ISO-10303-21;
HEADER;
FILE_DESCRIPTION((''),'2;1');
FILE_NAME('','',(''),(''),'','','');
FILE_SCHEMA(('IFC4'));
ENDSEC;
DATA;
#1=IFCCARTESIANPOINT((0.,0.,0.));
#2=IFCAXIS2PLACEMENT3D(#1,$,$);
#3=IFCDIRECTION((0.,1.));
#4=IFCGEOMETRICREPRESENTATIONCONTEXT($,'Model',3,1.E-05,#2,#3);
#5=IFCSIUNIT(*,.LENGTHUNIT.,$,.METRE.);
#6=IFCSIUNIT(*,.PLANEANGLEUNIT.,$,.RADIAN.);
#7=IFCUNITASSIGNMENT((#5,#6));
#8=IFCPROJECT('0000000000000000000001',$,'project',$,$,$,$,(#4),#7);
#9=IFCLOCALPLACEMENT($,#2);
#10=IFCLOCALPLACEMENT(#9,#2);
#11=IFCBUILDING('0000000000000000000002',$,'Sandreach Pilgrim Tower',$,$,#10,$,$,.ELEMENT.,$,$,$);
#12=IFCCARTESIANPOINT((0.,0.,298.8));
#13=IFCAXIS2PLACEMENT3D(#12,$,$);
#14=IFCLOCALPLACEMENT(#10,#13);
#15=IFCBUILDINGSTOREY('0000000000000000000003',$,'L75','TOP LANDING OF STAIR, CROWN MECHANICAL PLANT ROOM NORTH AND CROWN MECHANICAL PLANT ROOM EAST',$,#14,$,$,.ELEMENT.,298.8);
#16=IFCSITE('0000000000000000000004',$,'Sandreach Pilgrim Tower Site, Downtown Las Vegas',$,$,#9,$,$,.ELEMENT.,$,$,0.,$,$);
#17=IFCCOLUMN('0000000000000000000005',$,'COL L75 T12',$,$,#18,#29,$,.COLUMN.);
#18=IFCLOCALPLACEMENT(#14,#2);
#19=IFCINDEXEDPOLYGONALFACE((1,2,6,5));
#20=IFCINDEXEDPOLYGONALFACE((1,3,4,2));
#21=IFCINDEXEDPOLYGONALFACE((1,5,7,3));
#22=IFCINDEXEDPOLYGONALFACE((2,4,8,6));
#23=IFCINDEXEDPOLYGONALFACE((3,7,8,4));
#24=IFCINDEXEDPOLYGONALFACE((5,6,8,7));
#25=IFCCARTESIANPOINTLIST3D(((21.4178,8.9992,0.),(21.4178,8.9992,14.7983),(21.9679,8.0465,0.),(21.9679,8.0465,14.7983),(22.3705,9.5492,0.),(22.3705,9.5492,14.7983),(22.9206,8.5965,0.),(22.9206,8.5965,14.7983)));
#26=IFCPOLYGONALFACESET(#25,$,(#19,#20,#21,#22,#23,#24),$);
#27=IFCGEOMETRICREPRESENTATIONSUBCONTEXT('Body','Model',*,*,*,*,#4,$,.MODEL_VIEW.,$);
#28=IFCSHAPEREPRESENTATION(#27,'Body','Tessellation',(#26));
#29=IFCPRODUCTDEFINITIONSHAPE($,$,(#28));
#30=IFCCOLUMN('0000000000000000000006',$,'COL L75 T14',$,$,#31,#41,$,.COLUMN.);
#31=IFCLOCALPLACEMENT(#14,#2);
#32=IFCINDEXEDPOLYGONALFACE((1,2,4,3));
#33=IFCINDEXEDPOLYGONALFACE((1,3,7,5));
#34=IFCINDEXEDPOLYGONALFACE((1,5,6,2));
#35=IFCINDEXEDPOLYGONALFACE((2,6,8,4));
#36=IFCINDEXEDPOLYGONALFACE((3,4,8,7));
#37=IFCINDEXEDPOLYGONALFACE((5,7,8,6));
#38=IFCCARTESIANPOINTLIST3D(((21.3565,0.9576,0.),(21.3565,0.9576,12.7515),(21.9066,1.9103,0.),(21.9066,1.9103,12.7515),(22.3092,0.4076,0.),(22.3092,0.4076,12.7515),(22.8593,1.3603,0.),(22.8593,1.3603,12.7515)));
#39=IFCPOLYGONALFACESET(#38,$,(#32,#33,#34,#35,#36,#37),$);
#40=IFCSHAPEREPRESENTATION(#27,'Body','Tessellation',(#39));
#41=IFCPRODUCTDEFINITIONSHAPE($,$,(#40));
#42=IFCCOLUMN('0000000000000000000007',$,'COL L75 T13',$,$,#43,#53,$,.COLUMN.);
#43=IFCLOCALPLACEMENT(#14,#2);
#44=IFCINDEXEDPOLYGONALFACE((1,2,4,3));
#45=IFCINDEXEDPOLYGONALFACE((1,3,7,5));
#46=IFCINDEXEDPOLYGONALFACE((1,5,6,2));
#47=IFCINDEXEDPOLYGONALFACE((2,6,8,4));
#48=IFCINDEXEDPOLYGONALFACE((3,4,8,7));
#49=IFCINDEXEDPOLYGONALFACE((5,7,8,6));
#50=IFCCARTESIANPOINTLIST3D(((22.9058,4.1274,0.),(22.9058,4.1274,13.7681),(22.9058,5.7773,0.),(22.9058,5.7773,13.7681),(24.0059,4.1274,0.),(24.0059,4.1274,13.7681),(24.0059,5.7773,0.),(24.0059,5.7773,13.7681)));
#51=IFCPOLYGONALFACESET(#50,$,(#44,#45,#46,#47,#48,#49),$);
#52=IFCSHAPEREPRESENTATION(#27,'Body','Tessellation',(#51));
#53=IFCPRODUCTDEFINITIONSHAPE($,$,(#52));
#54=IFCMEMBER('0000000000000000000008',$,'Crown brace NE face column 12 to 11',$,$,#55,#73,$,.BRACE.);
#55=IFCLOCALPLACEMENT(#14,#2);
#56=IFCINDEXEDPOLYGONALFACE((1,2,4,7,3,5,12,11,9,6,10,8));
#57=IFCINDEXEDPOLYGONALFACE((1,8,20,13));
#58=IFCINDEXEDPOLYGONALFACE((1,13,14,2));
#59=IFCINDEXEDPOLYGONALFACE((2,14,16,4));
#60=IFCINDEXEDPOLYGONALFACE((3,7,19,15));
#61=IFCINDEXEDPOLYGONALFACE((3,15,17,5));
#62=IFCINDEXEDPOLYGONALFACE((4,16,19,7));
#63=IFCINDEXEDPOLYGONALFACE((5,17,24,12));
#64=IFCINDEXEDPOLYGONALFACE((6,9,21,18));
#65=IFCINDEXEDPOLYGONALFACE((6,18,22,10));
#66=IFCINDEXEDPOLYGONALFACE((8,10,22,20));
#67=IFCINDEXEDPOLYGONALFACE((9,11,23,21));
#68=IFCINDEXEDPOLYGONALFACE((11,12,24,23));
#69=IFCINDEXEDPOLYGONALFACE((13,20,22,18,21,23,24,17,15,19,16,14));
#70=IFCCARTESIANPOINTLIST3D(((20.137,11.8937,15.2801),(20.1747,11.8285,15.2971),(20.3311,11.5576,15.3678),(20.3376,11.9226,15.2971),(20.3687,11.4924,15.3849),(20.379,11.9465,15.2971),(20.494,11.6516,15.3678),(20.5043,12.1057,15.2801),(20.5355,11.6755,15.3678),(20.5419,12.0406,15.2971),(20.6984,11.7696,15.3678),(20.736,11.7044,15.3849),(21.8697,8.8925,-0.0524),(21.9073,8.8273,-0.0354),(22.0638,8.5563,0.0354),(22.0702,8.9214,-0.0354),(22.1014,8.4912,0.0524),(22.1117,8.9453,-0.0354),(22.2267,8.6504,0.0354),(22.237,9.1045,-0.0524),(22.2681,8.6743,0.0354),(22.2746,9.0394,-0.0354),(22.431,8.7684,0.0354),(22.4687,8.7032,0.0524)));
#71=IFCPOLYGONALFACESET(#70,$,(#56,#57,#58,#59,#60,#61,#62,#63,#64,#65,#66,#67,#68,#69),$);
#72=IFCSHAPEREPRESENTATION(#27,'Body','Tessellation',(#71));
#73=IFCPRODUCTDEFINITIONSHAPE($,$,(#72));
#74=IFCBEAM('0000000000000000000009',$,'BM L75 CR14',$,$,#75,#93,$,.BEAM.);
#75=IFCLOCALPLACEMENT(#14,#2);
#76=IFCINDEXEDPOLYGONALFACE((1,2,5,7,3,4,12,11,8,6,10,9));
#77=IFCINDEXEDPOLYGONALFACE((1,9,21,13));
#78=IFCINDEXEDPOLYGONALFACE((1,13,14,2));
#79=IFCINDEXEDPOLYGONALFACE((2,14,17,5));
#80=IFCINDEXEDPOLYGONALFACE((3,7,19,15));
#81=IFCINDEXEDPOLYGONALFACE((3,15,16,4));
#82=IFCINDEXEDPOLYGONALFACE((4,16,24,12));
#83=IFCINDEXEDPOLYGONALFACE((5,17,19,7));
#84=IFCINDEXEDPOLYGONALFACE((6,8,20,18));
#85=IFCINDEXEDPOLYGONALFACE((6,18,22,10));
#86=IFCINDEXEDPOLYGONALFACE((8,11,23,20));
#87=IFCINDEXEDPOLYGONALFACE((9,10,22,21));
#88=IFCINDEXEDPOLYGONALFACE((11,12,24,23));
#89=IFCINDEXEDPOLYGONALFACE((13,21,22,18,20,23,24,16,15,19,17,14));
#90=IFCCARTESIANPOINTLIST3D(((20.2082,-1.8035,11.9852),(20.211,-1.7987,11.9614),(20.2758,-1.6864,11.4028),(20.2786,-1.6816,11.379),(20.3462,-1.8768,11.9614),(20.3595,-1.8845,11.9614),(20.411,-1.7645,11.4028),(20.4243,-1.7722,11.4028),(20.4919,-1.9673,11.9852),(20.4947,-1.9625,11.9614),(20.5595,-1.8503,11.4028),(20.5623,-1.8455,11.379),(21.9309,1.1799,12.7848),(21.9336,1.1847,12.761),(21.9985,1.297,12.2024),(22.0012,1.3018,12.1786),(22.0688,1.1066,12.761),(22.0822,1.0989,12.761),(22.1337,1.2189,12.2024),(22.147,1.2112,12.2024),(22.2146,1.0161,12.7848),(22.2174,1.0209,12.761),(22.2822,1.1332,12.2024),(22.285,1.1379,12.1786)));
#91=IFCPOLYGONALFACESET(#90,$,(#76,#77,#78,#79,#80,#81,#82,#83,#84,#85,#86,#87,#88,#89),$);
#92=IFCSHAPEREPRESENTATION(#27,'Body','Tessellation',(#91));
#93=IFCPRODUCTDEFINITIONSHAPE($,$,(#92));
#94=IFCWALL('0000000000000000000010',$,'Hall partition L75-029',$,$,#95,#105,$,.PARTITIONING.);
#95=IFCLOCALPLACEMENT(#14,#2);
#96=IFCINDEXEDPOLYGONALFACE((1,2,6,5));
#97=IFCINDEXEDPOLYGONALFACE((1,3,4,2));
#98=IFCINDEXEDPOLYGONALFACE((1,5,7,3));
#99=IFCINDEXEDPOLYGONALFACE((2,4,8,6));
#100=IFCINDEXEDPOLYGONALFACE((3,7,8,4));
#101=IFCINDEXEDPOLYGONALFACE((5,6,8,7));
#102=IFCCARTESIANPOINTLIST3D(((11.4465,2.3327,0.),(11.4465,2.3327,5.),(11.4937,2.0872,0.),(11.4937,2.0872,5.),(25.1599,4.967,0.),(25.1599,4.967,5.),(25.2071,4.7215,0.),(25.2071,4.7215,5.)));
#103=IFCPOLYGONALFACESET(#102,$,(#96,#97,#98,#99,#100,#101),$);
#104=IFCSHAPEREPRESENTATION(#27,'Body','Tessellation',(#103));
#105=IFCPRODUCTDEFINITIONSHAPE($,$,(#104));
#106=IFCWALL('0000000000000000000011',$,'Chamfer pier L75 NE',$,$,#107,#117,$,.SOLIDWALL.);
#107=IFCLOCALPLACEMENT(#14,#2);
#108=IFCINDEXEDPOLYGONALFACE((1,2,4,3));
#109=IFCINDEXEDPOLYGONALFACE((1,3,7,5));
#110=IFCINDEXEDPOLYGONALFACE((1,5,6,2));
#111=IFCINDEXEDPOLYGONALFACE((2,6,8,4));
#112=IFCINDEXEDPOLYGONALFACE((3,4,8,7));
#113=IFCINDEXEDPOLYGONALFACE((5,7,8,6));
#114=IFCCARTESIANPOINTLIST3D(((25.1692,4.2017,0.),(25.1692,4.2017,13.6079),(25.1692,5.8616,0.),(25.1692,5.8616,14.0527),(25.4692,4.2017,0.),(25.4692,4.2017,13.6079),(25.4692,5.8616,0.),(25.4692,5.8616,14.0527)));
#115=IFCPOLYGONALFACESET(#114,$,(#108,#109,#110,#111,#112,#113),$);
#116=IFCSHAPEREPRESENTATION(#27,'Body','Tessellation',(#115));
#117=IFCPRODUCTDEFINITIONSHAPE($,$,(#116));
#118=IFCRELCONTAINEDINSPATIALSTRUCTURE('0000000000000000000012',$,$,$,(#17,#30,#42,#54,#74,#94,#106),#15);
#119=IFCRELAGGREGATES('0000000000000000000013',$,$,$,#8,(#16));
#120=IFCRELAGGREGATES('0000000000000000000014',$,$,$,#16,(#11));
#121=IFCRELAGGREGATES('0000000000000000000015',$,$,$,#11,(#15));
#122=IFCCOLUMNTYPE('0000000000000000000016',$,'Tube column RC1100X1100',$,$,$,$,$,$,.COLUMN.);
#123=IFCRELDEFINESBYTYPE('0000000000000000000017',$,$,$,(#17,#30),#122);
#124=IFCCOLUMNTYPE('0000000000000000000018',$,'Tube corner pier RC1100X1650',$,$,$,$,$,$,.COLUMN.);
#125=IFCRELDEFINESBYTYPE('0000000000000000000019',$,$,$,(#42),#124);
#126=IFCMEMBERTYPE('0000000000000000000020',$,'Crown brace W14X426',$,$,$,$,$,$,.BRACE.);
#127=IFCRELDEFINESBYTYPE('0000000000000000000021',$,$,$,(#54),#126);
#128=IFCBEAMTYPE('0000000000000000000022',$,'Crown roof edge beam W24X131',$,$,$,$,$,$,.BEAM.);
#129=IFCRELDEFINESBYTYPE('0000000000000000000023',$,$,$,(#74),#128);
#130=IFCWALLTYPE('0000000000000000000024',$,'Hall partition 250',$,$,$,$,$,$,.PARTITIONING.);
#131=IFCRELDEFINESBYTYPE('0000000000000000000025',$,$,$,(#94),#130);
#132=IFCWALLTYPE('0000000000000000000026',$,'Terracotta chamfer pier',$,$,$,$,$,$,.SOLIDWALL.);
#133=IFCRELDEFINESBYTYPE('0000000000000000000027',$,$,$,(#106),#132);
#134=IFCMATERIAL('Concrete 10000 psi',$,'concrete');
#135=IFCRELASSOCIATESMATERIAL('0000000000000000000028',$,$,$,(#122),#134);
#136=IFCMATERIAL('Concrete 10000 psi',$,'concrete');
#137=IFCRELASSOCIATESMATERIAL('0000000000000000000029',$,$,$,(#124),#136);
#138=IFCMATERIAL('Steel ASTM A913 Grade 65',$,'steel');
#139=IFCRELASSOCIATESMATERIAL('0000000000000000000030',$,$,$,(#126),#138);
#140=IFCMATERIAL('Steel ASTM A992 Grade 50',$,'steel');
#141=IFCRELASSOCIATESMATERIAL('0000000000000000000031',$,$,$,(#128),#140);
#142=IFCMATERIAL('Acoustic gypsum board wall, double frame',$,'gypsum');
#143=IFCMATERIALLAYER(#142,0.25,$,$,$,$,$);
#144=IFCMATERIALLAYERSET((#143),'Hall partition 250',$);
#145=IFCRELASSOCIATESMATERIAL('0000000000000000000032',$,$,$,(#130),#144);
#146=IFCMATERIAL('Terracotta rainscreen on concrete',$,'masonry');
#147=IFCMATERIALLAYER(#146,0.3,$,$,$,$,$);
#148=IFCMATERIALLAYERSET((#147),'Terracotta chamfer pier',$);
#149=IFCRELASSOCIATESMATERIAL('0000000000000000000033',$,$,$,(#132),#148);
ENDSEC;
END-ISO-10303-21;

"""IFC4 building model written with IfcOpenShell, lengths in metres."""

from ifc_helpers import new_model, si_unit, direction, frame, frame_2d, origin, origin_2d, place, context, subcontext, project, spatial, polyline, rectangle, i_section, outline, extrude, material, layer, layer_set, material_profile, profile_set, type_object, element, save


model = new_model("IFC4")

# Units and contexts
model_context = context("Model", 3, precision=1e-05, world=origin(), true_north=direction((0.0, 1.0)))
body_context = subcontext(model_context, "Body", "Model", "MODEL_VIEW")
ifc_project = project(units=[si_unit("LENGTHUNIT", "METRE"), si_unit("PLANEANGLEUNIT", "RADIAN")], contexts=[model_context])

# Site, building, storey
site_placement = place(None, origin())
site = spatial("IfcSite", under=ifc_project, at=site_placement, Name="Sandreach Pilgrim Tower Site, Downtown Las Vegas", CompositionType="ELEMENT", RefElevation=0.0)
building_placement = place(site_placement, origin())
building = spatial("IfcBuilding", under=site, at=building_placement, Name="Sandreach Pilgrim Tower", CompositionType="ELEMENT")
storey_placement = place(building_placement, frame((0.0, 0.0, 298.8)))
storey = spatial("IfcBuildingStorey", under=building, at=storey_placement, Name="L75", Description="TOP LANDING OF STAIR, CROWN MECHANICAL PLANT ROOM NORTH AND CROWN MECHANICAL PLANT ROOM EAST", CompositionType="ELEMENT", Elevation=298.8)

# Columns
ifc_material_1 = material(Name="Concrete 10000 psi", Category="concrete")
ifc_material_profile_1 = material_profile(ifc_material_1, rectangle(XDim=1.1001, YDim=1.1001, at=origin_2d()), Name="RC1100X1100")
ifc_profile_set_1 = profile_set([ifc_material_profile_1], Name="Concrete 10000 psi")
column_type_1 = type_object("IfcColumnType", Name="Tube column RC1100X1100", PredefinedType="COLUMN", material=ifc_profile_set_1)
column_1_placement = place(storey_placement, frame((22.1692, 8.7979, 0.0), z_axis=(0.0, 0.0, 1.0), x_axis=(0.866025, 0.5, 0.0)))
element("IfcColumn", 1, at=column_1_placement, inside=storey, type_object=column_type_1, Name="COL L75 T12", PredefinedType="COLUMN", context=body_context, shape_type="SweptSolid", body=[
    extrude(rectangle(XDim=1.1001, YDim=1.1001, at=origin_2d()), origin(), (0.0, 0.0, 1.0), 14.7983),
])
column_2_placement = place(storey_placement, frame((22.1079, 1.1589, 0.0), z_axis=(0.0, 0.0, 1.0), x_axis=(0.866025, -0.5, 0.0)))
element("IfcColumn", 2, at=column_2_placement, inside=storey, type_object=column_type_1, Name="COL L75 T14", PredefinedType="COLUMN", context=body_context, shape_type="SweptSolid", body=[
    extrude(rectangle(XDim=1.1001, YDim=1.1001, at=origin_2d()), origin(), (0.0, 0.0, 1.0), 12.7515),
])
ifc_material_2 = material(Name="Concrete 10000 psi", Category="concrete")
ifc_material_profile_2 = material_profile(ifc_material_2, rectangle(XDim=1.1001, YDim=1.6499, at=origin_2d()), Name="RC1100X1650")
ifc_profile_set_2 = profile_set([ifc_material_profile_2], Name="Concrete 10000 psi")
column_type_2 = type_object("IfcColumnType", Name="Tube corner pier RC1100X1650", PredefinedType="COLUMN", material=ifc_profile_set_2)
column_3_placement = place(storey_placement, frame((23.4558, 4.9524, 0.0), z_axis=(0.0, 0.0, 1.0), x_axis=(1.0, 0.0, 0.0)))
element("IfcColumn", 3, at=column_3_placement, inside=storey, type_object=column_type_2, Name="COL L75 T13", PredefinedType="COLUMN", context=body_context, shape_type="SweptSolid", body=[
    extrude(rectangle(XDim=1.1001, YDim=1.6499, at=origin_2d()), origin(), (0.0, 0.0, 1.0), 13.7681),
])

# Member
ifc_material_3 = material(Name="Steel ASTM A913 Grade 65", Category="steel")
ifc_material_profile_3 = material_profile(ifc_material_3, i_section(OverallWidth=0.4241, OverallDepth=0.4751, WebThickness=0.0479, FlangeThickness=0.0771, at=origin_2d()), Name="W14X426")
ifc_profile_set_3 = profile_set([ifc_material_profile_3], Name="Steel ASTM A913 Grade 65")
member_type = type_object("IfcMemberType", Name="Crown brace W14X426", PredefinedType="BRACE", material=ifc_profile_set_3)
member_placement = place(storey_placement, frame((22.1692, 8.7979, 0.0), z_axis=(-0.110226, 0.190926, 0.975396), x_axis=(-0.866037, -0.499981, 0.0)))
element("IfcMember", 4, at=member_placement, inside=storey, type_object=member_type, Name="Crown brace NE face column 12 to 11", PredefinedType="BRACE", context=body_context, shape_type="SweptSolid", body=[
    extrude(i_section(OverallWidth=0.4241, OverallDepth=0.4751, WebThickness=0.0479, FlangeThickness=0.0771, at=origin_2d()), origin(), (0.0, 0.0, 1.0), 15.7192),
])

# Beam
ifc_material_4 = material(Name="Steel ASTM A992 Grade 50", Category="steel")
ifc_material_profile_4 = material_profile(ifc_material_4, i_section(OverallWidth=0.3276, OverallDepth=0.6223, WebThickness=0.0154, FlangeThickness=0.0244, at=origin_2d()), Name="W24X131")
ifc_profile_set_4 = profile_set([ifc_material_profile_4], Name="Steel ASTM A992 Grade 50")
beam_type = type_object("IfcBeamType", Name="Crown roof edge beam W24X131", PredefinedType="BEAM", material=ifc_profile_set_4)
beam_placement = place(storey_placement, frame((22.1079, 1.1589, 12.4817), z_axis=(-0.487095, -0.843579, -0.226082), x_axis=(0.866001, -0.500041, 0.0)))
element("IfcBeam", 5, at=beam_placement, inside=storey, type_object=beam_type, Name="BM L75 CR14", PredefinedType="BEAM", context=body_context, shape_type="SweptSolid", body=[
    extrude(i_section(OverallWidth=0.3276, OverallDepth=0.6223, WebThickness=0.0154, FlangeThickness=0.0244, at=origin_2d()), origin(), (0.0, 0.0, 1.0), 3.5366),
])

# Walls
ifc_material_5 = material(Name="Acoustic gypsum board wall, double frame", Category="gypsum")
ifc_layer_1 = layer(ifc_material_5, 0.25)
ifc_layer_set_1 = layer_set([ifc_layer_1], Name="Hall partition 250")
wall_type_1 = type_object("IfcWallType", Name="Hall partition 250", PredefinedType="PARTITIONING", material=ifc_layer_set_1)
wall_1_placement = place(storey_placement, frame((25.1833, 4.8442, 0.0), z_axis=(0.0, 0.0, 1.0), x_axis=(-0.982045, -0.188646, 0.0)))
element("IfcWall", 6, at=wall_1_placement, inside=storey, type_object=wall_type_1, Name="Hall partition L75-029", PredefinedType="PARTITIONING", context=body_context, shape_type="SweptSolid", body=[
    extrude(rectangle(XDim=13.9641, YDim=0.25, at=frame_2d((6.9819, 0.0))), origin(), (0.0, 0.0, 1.0), 5.0),
])
ifc_material_6 = material(Name="Terracotta rainscreen on concrete", Category="masonry")
ifc_layer_2 = layer(ifc_material_6, 0.3)
ifc_layer_set_2 = layer_set([ifc_layer_2], Name="Terracotta chamfer pier")
wall_type_2 = type_object("IfcWallType", Name="Terracotta chamfer pier", PredefinedType="SOLIDWALL", material=ifc_layer_set_2)
wall_2_placement = place(storey_placement, frame((25.3193, 5.8616, 0.0), z_axis=(0.0, 0.0, 1.0), x_axis=(0.0, -1.0, 0.0)))
element("IfcWall", 7, at=wall_2_placement, inside=storey, type_object=wall_type_2, Name="Chamfer pier L75 NE", PredefinedType="SOLIDWALL", context=body_context, shape_type="SweptSolid", body=[
    extrude(outline(polyline([(0.0, 0.0), (1.6599, 0.0), (1.6599, 13.6079), (0.0, 14.0527), (0.0, 0.0)])), frame((0.0, 0.1499, 0.0), z_axis=(0.0, -1.0, 0.0), x_axis=(1.0, 0.0, 0.0)), (0.0, 0.0, 1.0), 0.3),
])

save(model, "model.ifc")
